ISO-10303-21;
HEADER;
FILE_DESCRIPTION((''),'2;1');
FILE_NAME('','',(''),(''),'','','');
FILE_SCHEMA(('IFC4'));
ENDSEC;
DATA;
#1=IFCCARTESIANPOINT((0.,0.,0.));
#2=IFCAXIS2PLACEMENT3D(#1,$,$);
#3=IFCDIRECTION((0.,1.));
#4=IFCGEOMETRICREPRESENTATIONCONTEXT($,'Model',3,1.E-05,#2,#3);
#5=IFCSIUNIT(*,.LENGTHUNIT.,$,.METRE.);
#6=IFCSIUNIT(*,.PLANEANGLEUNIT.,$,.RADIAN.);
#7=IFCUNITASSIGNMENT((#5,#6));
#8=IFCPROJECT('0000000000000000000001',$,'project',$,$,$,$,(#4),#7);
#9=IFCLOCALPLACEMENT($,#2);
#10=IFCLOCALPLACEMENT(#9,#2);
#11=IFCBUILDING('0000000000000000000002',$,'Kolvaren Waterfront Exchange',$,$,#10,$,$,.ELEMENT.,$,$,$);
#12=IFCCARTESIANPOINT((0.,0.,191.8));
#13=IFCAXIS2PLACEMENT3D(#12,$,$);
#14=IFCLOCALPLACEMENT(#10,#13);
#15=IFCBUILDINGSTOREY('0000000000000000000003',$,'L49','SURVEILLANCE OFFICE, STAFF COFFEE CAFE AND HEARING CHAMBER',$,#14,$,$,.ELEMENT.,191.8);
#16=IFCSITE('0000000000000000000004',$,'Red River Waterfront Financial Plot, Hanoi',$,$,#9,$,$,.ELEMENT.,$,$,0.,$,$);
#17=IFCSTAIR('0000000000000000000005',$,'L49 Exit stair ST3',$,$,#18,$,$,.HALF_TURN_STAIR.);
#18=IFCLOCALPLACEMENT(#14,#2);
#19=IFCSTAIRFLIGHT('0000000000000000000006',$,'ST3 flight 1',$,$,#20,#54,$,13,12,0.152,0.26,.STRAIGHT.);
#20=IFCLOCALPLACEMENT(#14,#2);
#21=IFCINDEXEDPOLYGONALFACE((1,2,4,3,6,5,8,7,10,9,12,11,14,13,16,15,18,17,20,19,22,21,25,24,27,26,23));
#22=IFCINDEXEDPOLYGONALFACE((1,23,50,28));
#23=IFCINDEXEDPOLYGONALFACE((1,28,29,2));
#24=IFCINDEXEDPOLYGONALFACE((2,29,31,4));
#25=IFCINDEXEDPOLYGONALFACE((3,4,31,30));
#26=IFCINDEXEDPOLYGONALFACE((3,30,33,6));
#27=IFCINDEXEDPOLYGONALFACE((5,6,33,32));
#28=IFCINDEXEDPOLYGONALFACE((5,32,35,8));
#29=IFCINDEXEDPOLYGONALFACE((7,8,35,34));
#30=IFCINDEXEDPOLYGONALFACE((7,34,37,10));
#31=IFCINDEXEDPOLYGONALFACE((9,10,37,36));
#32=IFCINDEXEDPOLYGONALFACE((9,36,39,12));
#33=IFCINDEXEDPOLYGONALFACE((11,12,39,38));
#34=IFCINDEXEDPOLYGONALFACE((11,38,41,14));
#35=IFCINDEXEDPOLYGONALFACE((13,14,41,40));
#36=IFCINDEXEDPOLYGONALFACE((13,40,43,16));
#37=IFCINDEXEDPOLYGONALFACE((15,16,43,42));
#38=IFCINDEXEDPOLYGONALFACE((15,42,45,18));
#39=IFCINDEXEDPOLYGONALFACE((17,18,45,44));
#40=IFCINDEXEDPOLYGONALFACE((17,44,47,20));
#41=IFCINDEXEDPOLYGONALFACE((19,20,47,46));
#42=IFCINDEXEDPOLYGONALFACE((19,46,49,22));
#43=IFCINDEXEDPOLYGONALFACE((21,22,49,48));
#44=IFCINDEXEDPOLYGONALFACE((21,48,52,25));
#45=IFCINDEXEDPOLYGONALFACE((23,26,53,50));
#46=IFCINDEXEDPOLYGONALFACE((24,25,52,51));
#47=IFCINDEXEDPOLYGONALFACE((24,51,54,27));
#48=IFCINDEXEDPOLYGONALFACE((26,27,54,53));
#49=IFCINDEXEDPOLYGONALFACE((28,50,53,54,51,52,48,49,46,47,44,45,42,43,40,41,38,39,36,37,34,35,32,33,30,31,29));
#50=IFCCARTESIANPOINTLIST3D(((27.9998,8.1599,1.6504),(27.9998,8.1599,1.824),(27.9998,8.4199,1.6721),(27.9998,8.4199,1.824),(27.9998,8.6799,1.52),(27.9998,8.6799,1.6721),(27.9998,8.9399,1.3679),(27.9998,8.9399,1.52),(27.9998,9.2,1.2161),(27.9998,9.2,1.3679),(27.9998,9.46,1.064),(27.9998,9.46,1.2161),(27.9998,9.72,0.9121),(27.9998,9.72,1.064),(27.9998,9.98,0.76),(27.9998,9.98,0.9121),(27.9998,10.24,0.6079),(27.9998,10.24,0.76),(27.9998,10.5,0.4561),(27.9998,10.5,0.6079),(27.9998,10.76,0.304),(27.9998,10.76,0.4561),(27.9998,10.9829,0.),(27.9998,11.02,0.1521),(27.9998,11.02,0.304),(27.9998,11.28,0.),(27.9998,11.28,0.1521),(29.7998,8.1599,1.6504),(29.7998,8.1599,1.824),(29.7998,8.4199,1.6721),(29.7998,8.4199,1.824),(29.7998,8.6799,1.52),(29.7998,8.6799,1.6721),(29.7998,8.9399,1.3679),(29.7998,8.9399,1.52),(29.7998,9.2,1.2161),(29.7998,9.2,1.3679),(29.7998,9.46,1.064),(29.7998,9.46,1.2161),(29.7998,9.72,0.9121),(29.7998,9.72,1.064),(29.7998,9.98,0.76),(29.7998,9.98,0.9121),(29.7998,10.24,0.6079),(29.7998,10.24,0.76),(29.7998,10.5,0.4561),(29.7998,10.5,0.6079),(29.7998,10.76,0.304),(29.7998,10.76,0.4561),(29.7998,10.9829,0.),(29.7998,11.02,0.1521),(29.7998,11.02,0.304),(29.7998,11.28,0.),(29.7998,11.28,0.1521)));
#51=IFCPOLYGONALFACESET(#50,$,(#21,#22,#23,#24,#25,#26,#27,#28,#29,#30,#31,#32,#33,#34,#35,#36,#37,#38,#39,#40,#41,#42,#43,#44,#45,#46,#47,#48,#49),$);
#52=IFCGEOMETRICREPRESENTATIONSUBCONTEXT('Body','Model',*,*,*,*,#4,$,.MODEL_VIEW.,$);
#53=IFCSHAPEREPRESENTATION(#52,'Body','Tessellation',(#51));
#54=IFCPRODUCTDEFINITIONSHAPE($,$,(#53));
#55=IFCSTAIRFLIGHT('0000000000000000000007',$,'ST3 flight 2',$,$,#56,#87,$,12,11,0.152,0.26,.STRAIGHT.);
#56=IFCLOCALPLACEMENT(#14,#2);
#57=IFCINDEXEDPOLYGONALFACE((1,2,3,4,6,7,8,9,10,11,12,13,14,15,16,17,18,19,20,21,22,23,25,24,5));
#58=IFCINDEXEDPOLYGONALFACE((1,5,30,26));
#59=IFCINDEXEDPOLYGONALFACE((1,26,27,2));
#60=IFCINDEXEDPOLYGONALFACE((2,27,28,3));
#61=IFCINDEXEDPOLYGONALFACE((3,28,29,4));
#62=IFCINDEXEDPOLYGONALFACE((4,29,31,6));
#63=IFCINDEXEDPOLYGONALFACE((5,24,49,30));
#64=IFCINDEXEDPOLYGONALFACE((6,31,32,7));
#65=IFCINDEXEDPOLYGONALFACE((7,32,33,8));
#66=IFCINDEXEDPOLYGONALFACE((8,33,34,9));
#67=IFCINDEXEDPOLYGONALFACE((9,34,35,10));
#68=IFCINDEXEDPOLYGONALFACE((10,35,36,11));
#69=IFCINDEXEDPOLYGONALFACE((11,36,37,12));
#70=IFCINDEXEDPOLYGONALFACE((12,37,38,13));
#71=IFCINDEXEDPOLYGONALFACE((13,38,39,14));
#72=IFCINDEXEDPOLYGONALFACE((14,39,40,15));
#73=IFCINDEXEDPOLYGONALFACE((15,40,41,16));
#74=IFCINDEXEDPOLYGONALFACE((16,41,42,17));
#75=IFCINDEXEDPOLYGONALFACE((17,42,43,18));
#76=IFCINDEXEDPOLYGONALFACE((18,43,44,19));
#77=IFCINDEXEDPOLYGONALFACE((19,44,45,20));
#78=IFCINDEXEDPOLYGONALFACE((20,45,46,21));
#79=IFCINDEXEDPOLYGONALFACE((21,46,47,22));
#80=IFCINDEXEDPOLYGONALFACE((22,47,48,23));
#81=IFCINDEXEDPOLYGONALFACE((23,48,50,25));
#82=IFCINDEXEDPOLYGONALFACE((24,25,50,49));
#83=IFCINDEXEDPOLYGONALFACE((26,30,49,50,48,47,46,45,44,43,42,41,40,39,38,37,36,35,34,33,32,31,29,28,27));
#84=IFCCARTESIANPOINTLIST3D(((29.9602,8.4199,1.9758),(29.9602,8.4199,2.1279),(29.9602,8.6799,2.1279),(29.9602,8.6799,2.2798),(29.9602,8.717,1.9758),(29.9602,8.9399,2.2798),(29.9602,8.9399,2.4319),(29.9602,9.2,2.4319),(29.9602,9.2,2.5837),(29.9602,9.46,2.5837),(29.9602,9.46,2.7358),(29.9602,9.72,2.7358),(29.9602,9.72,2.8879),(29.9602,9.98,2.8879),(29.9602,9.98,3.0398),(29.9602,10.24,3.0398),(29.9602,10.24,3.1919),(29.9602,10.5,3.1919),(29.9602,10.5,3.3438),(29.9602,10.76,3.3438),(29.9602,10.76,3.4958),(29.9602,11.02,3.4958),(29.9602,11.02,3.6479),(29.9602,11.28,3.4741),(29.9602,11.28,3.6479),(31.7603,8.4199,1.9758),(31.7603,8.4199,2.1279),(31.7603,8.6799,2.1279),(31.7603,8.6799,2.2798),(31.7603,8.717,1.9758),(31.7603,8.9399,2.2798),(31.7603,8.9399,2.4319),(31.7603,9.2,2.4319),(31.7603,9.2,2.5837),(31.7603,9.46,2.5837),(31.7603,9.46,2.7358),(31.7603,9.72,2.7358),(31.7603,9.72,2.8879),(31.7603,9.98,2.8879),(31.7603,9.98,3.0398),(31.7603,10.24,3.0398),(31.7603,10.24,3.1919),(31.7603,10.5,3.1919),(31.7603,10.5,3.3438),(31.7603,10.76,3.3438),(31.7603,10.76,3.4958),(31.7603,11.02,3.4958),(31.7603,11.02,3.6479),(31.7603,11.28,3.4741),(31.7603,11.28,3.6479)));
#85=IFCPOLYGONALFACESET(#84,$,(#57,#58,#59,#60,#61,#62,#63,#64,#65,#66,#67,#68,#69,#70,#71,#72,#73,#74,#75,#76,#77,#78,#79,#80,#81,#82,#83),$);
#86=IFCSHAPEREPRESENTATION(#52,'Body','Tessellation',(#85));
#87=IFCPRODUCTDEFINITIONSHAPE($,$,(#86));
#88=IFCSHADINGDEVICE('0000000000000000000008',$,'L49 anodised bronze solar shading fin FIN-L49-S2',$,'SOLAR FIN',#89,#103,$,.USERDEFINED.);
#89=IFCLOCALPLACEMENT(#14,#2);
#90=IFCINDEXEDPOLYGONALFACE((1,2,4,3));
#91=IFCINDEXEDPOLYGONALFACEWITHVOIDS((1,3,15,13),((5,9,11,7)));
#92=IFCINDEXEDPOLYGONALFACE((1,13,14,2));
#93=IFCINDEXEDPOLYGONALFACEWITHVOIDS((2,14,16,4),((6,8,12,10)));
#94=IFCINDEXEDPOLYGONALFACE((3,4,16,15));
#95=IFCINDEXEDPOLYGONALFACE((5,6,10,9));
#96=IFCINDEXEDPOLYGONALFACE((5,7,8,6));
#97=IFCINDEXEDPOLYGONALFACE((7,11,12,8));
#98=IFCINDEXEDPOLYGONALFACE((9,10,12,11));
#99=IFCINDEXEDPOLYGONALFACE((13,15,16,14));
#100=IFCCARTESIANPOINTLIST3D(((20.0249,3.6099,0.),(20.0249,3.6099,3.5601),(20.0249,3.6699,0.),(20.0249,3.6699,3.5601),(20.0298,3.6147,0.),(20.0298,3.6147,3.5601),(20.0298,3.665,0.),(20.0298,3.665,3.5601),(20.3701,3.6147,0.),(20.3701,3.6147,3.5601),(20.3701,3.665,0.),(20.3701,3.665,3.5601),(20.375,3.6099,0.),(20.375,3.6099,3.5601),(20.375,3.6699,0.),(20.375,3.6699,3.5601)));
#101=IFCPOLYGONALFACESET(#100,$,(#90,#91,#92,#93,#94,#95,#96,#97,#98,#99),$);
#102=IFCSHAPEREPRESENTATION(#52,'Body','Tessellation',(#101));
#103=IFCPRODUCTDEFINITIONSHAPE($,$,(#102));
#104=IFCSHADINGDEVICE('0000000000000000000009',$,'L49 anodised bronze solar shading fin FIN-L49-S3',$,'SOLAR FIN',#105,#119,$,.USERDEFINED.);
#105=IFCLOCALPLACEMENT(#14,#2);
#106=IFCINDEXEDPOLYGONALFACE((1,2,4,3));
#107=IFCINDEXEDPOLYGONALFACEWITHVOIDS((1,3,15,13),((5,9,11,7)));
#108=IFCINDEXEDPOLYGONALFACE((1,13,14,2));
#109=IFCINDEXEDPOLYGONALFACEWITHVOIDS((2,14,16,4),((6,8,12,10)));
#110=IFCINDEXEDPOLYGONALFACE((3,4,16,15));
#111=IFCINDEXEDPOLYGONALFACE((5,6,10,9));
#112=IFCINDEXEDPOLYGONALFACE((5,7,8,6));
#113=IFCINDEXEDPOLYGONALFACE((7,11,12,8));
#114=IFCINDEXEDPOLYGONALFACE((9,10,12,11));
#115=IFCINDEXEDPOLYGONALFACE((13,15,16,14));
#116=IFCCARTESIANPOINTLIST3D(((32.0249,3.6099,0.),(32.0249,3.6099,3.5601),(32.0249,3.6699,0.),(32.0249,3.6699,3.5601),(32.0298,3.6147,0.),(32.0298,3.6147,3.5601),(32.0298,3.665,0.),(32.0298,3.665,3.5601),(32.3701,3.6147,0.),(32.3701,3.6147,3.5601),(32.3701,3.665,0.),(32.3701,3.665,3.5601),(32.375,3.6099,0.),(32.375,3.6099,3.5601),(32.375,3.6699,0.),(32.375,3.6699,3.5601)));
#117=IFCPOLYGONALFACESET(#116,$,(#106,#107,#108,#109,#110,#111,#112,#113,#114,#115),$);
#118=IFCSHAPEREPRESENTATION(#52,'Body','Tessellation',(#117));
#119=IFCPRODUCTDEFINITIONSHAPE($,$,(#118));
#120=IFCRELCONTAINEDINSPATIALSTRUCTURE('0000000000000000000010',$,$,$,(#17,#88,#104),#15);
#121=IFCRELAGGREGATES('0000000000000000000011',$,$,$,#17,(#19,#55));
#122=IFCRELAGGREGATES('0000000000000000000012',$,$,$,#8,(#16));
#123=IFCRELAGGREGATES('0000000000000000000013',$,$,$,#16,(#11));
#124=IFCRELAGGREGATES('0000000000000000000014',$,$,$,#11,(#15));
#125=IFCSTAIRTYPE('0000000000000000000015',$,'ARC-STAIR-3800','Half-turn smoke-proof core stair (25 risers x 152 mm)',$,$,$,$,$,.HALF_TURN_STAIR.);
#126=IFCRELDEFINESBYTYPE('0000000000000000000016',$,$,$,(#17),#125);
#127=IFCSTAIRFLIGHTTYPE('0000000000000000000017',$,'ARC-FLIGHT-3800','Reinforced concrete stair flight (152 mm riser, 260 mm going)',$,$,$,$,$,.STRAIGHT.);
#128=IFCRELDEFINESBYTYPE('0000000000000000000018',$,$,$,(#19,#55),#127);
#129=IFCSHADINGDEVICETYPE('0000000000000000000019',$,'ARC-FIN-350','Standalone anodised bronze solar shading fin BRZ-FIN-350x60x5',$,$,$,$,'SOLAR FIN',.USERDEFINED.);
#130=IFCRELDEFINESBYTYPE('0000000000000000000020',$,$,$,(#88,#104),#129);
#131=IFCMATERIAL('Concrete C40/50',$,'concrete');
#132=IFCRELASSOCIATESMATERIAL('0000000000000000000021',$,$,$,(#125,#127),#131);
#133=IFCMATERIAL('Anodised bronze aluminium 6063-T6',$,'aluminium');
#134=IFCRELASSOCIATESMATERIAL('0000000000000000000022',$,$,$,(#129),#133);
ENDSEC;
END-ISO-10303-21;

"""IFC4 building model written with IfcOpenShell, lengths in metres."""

from ifc_helpers import new_model, si_unit, direction, frame, origin, origin_2d, place, context, subcontext, project, spatial, polyline, hollow_rectangle, outline, extrude, material, material_profile, profile_set, type_object, element, aggregate, save


model = new_model("IFC4")

# Units and contexts
model_context = context("Model", 3, precision=1e-05, world=origin(), true_north=direction((0.0, 1.0)))
body_context = subcontext(model_context, "Body", "Model", "MODEL_VIEW")
ifc_project = project(units=[si_unit("LENGTHUNIT", "METRE"), si_unit("PLANEANGLEUNIT", "RADIAN")], contexts=[model_context])

# Site, building, storey
site_placement = place(None, origin())
site = spatial("IfcSite", under=ifc_project, at=site_placement, Name="Red River Waterfront Financial Plot, Hanoi", CompositionType="ELEMENT", RefElevation=0.0)
building_placement = place(site_placement, origin())
building = spatial("IfcBuilding", under=site, at=building_placement, Name="Kolvaren Waterfront Exchange", CompositionType="ELEMENT")
storey_placement = place(building_placement, frame((0.0, 0.0, 191.8)))
storey = spatial("IfcBuildingStorey", under=building, at=storey_placement, Name="L49", Description="SURVEILLANCE OFFICE, STAFF COFFEE CAFE AND HEARING CHAMBER", CompositionType="ELEMENT", Elevation=191.8)

# Shared definitions
ifc_material_1 = material(Name="Anodised bronze aluminium 6063-T6", Category="aluminium")

# Shared definitions
ifc_material_2 = material(Name="Concrete C40/50", Category="concrete")

# Shared definitions
stair_type = type_object("IfcStairType", Name="ARC-STAIR-3800", Description="Half-turn smoke-proof core stair (25 risers x 152 mm)", PredefinedType="HALF_TURN_STAIR", material=ifc_material_2)
stair_flight_type = type_object("IfcStairFlightType", Name="ARC-FLIGHT-3800", Description="Reinforced concrete stair flight (152 mm riser, 260 mm going)", PredefinedType="STRAIGHT", material=ifc_material_2)

# Stair, stair flights
stair_1_placement = place(storey_placement, origin())
stair_1 = element("IfcStair", 1, at=stair_1_placement, inside=storey, type_object=stair_type, Name="L49 Exit stair ST3", PredefinedType="HALF_TURN_STAIR")
stair_flight_1_placement = place(storey_placement, frame((28.8999, 11.28, 0.0), z_axis=(0.0, 0.0, 1.0), x_axis=(0.0, -1.0, 0.0)))
stair_flight_1 = element("IfcStairFlight", 2, at=stair_flight_1_placement, type_object=stair_flight_type, Name="ST3 flight 1", NumberOfRisers=13, NumberOfTreads=12, PredefinedType="STRAIGHT", RiserHeight=0.152, TreadLength=0.26, context=body_context, shape_type="SweptSolid", body=[
    extrude(outline(polyline([(0.0, 0.0), (0.0, 0.1521), (0.26, 0.1521), (0.26, 0.304), (0.52, 0.304), (0.52, 0.4561), (0.78, 0.4561), (0.78, 0.6079), (1.04, 0.6079), (1.04, 0.76), (1.3, 0.76), (1.3, 0.9121), (1.5601, 0.9121), (1.5601, 1.064), (1.8201, 1.064), (1.8201, 1.2161), (2.0801, 1.2161), (2.0801, 1.3679), (2.3401, 1.3679), (2.3401, 1.52), (2.6001, 1.52), (2.6001, 1.6721), (2.8601, 1.6721), (2.8601, 1.824), (3.1201, 1.824), (3.1201, 1.9761), (3.1201, 1.6504), (0.2971, 0.0), (0.0, 0.0)])), frame((0.0, 0.8999, 0.0), z_axis=(0.0, -1.0, 0.0), x_axis=(1.0, 0.0, 0.0)), (0.0, 0.0, 1.0), 1.8),
])
stair_flight_2_placement = place(storey_placement, frame((30.8601, 8.4199, 1.9758), z_axis=(0.0, 0.0, 1.0), x_axis=(0.0, 1.0, 0.0)))
stair_flight_2 = element("IfcStairFlight", 3, at=stair_flight_2_placement, type_object=stair_flight_type, Name="ST3 flight 2", NumberOfRisers=12, NumberOfTreads=11, PredefinedType="STRAIGHT", RiserHeight=0.152, TreadLength=0.26, context=body_context, shape_type="SweptSolid", body=[
    extrude(outline(polyline([(0.0, 0.0), (0.0, 0.1521), (0.26, 0.1521), (0.26, 0.304), (0.52, 0.304), (0.52, 0.4561), (0.78, 0.4561), (0.78, 0.6079), (1.04, 0.6079), (1.04, 0.76), (1.3, 0.76), (1.3, 0.9121), (1.5601, 0.9121), (1.5601, 1.064), (1.8201, 1.064), (1.8201, 1.2161), (2.0801, 1.2161), (2.0801, 1.3679), (2.3401, 1.3679), (2.3401, 1.52), (2.6001, 1.52), (2.6001, 1.6721), (2.8601, 1.6721), (2.8601, 1.824), (2.8601, 1.4983), (0.2971, 0.0), (0.0, 0.0)])), frame((0.0, 0.8999, 0.0), z_axis=(0.0, -1.0, 0.0), x_axis=(1.0, 0.0, 0.0)), (0.0, 0.0, 1.0), 1.8),
])
aggregate(stair_1, [stair_flight_1, stair_flight_2])

# Shading devices
ifc_material_profile_1 = material_profile(ifc_material_1, hollow_rectangle(XDim=0.0601, YDim=0.3501, WallThickness=0.0049, at=origin_2d()), Name="BRZ-FIN-350x60x5")
ifc_profile_set_1 = profile_set([ifc_material_profile_1], Name="Anodised bronze aluminium 6063-T6")
shading_device_type = type_object("IfcShadingDeviceType", Name="ARC-FIN-350", Description="Standalone anodised bronze solar shading fin BRZ-FIN-350x60x5", ElementType="SOLAR FIN", PredefinedType="USERDEFINED", material=ifc_profile_set_1)
for number, where, z_axis, x_axis, name in (
    (4, (20.2, 3.6399, 0.0), (0.0, 0.0, 1.0), (0.0, -1.0, 0.0), "L49 anodised bronze solar shading fin FIN-L49-S2"),
    (5, (32.2, 3.6399, 0.0), (0.0, 0.0, 1.0), (0.0, -1.0, 0.0), "L49 anodised bronze solar shading fin FIN-L49-S3"),
):
    element("IfcShadingDevice", number, at=place(storey_placement, frame(where, z_axis=z_axis, x_axis=x_axis)), inside=storey, type_object=shading_device_type, Name=name, ObjectType="SOLAR FIN", PredefinedType="USERDEFINED", context=body_context, shape_type="SweptSolid", body=[
        extrude(hollow_rectangle(XDim=0.0601, YDim=0.3501, WallThickness=0.0049, at=origin_2d()), origin(), (0.0, 0.0, 1.0), 3.5601),
    ])

save(model, "model.ifc")
